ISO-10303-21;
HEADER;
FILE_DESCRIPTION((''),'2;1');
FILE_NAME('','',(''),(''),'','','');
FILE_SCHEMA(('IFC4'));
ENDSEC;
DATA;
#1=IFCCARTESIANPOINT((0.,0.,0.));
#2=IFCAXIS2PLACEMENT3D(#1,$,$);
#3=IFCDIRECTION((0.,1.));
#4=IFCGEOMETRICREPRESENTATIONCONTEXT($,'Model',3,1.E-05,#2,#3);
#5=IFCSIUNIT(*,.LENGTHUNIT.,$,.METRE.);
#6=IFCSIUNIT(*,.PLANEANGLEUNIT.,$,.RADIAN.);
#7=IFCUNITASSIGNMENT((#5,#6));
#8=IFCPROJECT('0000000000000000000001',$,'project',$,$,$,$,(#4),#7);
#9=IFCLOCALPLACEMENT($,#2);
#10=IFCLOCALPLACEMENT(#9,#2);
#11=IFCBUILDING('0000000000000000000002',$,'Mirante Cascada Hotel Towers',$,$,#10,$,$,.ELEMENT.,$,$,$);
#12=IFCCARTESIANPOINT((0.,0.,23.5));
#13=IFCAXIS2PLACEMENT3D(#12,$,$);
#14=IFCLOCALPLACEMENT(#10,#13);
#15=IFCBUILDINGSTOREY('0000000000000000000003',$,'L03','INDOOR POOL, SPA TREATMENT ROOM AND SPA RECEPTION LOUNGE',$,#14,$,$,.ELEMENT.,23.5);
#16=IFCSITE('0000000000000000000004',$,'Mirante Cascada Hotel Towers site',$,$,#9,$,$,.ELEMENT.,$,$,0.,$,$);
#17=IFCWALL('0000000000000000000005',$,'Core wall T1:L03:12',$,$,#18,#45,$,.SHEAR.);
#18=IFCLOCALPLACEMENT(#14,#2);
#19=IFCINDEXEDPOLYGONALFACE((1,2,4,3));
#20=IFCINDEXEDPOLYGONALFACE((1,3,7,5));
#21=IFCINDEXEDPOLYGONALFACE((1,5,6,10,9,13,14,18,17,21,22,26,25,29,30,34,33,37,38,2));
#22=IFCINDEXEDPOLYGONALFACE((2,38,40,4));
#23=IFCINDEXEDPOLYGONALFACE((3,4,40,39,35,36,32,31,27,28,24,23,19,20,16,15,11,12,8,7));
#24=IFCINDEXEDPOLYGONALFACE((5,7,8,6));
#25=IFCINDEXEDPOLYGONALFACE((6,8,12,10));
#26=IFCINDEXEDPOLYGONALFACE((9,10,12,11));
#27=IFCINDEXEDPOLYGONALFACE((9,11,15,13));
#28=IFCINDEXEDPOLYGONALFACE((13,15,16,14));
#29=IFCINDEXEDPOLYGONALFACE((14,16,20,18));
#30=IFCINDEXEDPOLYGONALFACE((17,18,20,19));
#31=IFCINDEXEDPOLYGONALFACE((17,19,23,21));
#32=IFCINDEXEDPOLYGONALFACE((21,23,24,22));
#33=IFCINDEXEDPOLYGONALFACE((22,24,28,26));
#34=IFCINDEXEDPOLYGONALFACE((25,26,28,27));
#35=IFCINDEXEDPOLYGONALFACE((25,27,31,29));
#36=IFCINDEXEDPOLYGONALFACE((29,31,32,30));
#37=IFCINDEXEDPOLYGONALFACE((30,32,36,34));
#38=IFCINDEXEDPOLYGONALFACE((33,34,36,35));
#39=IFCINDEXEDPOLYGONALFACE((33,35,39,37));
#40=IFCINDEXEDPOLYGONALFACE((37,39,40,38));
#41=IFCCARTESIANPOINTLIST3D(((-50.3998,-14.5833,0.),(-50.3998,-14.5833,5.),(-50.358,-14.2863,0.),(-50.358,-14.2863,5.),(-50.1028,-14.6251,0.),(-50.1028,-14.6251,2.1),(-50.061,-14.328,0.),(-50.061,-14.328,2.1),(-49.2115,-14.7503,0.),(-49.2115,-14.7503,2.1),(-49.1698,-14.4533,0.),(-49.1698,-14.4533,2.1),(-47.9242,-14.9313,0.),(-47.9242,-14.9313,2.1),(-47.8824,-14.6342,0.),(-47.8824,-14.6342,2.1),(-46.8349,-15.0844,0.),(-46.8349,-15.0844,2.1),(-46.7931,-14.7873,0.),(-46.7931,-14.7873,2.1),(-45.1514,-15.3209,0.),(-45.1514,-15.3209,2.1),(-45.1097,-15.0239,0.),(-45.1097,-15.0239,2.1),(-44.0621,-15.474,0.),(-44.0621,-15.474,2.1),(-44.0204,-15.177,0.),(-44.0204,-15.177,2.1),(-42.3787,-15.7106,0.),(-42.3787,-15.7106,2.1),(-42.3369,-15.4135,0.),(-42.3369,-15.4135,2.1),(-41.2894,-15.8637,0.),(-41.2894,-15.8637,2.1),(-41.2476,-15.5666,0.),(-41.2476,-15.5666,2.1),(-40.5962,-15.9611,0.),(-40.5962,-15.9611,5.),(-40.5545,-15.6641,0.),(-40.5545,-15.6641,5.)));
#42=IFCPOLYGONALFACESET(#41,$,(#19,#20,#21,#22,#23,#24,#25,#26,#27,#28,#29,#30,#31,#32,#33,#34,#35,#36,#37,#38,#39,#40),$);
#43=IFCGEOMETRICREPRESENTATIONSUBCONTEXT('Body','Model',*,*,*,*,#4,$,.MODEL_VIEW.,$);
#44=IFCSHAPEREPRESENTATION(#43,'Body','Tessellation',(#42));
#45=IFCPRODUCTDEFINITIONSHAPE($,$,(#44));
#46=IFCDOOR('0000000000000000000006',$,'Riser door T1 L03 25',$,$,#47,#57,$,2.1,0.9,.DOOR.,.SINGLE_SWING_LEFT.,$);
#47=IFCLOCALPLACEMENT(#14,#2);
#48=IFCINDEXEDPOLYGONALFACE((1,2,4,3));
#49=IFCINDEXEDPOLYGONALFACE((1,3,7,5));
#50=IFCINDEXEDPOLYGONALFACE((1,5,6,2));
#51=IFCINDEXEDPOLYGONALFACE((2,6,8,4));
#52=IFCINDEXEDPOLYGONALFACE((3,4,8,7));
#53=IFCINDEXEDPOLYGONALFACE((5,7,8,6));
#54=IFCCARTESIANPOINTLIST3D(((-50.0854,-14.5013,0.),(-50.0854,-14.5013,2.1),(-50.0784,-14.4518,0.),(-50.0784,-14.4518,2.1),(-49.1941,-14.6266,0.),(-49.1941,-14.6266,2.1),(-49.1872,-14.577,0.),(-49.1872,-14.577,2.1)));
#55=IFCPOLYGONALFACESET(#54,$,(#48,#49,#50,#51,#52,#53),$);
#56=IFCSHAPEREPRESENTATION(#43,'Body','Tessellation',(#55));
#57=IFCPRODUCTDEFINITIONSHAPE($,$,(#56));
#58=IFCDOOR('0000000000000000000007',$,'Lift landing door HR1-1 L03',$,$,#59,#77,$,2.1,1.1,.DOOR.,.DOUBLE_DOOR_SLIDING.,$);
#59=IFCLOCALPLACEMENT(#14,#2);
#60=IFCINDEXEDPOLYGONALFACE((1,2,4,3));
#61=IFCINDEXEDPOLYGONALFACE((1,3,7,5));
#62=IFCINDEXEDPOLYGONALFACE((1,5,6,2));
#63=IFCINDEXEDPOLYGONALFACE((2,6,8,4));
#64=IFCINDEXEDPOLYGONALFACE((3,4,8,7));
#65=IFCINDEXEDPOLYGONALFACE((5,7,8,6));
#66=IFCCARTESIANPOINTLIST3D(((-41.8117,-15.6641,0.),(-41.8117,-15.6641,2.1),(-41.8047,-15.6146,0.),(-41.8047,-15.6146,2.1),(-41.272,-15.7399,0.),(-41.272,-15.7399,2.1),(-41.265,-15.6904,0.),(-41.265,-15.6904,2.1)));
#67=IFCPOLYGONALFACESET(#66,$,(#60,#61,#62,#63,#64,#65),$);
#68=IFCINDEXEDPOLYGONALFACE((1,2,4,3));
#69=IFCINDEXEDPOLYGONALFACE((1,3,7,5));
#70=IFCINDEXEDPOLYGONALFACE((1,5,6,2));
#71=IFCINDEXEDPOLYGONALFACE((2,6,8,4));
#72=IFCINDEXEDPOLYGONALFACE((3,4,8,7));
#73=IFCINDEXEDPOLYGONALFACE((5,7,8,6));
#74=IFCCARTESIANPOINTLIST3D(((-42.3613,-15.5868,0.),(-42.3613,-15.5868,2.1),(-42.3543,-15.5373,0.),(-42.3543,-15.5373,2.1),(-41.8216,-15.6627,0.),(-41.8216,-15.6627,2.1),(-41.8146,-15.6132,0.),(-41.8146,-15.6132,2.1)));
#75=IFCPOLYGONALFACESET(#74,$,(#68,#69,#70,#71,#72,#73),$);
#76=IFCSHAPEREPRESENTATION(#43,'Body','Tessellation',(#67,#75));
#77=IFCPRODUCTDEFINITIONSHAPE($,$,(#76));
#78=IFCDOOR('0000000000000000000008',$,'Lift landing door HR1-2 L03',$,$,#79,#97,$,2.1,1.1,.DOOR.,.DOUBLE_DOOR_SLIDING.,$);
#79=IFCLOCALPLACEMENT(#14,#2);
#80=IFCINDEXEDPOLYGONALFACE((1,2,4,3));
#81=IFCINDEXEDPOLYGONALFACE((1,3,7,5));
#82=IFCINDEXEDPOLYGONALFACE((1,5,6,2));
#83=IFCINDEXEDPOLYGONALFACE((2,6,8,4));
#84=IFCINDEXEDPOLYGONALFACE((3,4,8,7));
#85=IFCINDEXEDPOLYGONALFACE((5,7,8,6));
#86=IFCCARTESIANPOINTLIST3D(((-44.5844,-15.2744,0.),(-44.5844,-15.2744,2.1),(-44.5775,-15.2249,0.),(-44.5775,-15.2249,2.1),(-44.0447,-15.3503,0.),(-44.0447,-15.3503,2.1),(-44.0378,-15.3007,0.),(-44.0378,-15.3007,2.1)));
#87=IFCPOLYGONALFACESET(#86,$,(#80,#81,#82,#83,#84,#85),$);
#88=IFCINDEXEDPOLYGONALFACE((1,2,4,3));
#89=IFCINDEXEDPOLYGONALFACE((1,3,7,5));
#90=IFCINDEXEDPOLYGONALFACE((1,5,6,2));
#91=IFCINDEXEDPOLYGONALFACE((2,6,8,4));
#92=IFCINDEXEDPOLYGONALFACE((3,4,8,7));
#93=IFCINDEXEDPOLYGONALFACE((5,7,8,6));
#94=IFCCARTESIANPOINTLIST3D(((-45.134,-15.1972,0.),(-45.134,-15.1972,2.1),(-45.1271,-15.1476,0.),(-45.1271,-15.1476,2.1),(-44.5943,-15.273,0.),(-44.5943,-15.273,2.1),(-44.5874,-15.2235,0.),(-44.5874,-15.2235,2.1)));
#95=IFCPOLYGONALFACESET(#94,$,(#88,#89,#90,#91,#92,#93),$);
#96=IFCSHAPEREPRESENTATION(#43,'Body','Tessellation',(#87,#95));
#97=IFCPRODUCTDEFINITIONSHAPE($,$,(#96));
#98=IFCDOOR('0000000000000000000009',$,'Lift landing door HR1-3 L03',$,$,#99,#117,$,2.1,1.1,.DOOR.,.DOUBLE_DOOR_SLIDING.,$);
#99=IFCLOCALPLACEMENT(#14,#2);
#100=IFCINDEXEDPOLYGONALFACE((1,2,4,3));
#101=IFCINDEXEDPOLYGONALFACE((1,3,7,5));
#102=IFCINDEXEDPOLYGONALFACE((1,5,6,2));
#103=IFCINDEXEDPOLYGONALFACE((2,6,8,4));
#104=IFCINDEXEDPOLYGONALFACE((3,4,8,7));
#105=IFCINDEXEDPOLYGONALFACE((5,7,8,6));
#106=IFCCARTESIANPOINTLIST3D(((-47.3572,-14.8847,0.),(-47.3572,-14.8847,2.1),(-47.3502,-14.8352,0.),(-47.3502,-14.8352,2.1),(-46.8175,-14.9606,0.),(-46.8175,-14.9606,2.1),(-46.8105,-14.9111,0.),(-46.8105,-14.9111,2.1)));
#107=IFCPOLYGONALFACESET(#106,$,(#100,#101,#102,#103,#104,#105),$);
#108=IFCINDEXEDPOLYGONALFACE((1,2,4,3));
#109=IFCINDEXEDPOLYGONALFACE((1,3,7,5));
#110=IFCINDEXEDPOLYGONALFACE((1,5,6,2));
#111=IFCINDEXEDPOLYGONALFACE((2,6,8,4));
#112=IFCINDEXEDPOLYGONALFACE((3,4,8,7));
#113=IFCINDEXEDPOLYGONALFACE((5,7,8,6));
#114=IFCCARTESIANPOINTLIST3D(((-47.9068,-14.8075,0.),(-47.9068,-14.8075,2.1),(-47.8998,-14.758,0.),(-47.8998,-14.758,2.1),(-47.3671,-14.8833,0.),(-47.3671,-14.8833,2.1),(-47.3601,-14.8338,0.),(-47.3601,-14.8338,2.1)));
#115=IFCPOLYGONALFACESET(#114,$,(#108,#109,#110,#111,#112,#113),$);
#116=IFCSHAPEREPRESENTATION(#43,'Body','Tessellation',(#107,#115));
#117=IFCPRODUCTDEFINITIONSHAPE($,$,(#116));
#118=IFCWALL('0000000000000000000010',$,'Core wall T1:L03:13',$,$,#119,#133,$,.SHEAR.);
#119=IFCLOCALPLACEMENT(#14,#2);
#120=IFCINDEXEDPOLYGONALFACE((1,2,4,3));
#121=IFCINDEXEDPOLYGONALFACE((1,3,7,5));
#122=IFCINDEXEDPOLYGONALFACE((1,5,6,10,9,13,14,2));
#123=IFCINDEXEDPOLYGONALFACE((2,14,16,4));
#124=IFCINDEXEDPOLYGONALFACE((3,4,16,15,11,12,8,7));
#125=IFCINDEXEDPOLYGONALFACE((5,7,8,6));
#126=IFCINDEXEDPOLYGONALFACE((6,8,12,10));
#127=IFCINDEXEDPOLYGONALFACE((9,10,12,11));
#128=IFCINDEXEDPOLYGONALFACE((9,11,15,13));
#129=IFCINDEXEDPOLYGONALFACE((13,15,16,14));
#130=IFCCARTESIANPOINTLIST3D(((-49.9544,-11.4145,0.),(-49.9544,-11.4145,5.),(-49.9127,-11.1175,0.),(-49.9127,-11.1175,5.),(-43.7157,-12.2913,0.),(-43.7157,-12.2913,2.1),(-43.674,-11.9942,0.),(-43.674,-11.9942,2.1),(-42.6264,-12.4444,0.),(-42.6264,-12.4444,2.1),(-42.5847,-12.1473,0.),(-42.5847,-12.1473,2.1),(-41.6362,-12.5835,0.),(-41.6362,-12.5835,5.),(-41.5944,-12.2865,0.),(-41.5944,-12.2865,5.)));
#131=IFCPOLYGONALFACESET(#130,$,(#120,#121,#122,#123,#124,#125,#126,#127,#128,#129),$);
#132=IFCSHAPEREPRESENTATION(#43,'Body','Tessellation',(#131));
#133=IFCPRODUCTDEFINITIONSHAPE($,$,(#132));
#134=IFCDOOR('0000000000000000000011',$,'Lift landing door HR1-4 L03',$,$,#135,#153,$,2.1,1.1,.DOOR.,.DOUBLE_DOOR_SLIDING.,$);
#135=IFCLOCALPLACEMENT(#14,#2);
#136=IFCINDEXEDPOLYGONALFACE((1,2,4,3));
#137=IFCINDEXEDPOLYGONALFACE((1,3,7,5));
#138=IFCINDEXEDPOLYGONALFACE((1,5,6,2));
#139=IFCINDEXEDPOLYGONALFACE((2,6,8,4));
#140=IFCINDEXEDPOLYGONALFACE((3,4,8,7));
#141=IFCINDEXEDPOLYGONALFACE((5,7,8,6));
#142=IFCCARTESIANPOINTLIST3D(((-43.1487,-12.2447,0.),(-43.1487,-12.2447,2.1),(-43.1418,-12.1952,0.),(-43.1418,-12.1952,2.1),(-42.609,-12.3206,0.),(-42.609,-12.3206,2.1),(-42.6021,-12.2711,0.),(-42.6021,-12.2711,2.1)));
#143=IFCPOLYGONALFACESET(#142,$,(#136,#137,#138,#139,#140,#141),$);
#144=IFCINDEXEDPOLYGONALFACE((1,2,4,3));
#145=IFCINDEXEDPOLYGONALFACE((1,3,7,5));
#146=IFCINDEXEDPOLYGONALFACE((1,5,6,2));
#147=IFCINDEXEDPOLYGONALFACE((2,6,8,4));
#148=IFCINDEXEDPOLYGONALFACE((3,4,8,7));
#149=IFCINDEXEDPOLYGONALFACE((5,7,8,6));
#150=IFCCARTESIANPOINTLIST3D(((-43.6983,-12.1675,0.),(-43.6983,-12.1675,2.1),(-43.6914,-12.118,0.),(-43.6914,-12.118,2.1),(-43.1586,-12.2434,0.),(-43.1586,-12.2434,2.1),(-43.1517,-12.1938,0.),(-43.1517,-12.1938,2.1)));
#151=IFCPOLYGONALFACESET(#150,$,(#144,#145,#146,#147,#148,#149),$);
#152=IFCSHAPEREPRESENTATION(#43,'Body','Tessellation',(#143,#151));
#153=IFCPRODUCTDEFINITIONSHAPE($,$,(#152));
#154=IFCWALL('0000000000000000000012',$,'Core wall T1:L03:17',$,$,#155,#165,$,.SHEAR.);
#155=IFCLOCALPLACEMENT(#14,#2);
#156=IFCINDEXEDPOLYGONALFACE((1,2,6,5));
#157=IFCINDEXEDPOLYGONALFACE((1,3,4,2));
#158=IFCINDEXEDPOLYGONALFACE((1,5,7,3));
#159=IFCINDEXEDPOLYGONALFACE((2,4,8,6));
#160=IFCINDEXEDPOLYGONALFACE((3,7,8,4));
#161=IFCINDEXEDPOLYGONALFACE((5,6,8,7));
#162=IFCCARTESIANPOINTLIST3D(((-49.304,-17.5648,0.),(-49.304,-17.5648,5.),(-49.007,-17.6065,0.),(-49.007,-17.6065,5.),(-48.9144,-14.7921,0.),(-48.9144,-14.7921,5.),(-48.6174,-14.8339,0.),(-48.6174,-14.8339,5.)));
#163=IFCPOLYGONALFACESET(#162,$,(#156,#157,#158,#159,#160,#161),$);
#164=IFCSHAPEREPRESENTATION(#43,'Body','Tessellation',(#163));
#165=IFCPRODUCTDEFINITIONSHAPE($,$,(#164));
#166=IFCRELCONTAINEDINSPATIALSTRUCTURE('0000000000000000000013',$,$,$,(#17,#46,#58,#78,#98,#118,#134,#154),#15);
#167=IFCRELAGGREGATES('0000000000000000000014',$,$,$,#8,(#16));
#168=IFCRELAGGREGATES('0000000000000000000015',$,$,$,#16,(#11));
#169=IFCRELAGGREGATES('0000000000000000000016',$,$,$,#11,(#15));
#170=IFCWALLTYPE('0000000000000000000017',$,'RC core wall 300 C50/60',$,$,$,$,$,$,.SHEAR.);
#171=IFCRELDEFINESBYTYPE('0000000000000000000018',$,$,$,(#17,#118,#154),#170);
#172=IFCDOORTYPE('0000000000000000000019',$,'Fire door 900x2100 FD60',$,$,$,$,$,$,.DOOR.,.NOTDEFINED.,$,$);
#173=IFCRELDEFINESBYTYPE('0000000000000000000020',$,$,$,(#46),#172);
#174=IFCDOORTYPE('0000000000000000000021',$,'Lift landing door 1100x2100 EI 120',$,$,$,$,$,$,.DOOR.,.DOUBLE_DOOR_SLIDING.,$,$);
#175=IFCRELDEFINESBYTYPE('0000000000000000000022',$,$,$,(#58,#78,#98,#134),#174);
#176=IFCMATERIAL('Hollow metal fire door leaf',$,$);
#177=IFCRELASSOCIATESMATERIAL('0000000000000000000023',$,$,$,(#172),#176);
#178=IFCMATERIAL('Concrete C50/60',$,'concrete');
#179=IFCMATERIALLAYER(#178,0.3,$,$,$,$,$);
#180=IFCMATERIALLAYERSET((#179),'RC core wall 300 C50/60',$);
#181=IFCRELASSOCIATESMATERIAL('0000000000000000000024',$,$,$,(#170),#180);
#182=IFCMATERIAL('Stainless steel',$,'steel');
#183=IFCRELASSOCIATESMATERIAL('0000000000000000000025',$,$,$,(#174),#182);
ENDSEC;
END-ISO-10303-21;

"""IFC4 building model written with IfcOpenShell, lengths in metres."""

from ifc_helpers import new_model, si_unit, direction, frame, frame_2d, origin, place, context, subcontext, project, spatial, rectangle, extrude, material, layer, layer_set, type_object, element, fill, save


model = new_model("IFC4")

# Units and contexts
model_context = context("Model", 3, precision=1e-05, world=origin(), true_north=direction((0.0, 1.0)))
body_context = subcontext(model_context, "Body", "Model", "MODEL_VIEW")
ifc_project = project(units=[si_unit("LENGTHUNIT", "METRE"), si_unit("PLANEANGLEUNIT", "RADIAN")], contexts=[model_context])

# Site, building, storey
site_placement = place(None, origin())
site = spatial("IfcSite", under=ifc_project, at=site_placement, Name="Mirante Cascada Hotel Towers site", CompositionType="ELEMENT", RefElevation=0.0)
building_placement = place(site_placement, origin())
building = spatial("IfcBuilding", under=site, at=building_placement, Name="Mirante Cascada Hotel Towers", CompositionType="ELEMENT")
storey_placement = place(building_placement, frame((0.0, 0.0, 23.5)))
storey = spatial("IfcBuildingStorey", under=building, at=storey_placement, Name="L03", Description="INDOOR POOL, SPA TREATMENT ROOM AND SPA RECEPTION LOUNGE", CompositionType="ELEMENT", Elevation=23.5)

# Shared definitions
ifc_material_1 = material(Name="Hollow metal fire door leaf")
door_type_1 = type_object("IfcDoorType", Name="Fire door 900x2100 FD60", OperationType="NOTDEFINED", PredefinedType="DOOR", material=ifc_material_1)

# Wall, openings, doors
ifc_material_2 = material(Name="Concrete C50/60", Category="concrete")
ifc_layer_1 = layer(ifc_material_2, 0.3)
ifc_layer_set_1 = layer_set([ifc_layer_1], Name="RC core wall 300 C50/60")
wall_type_1 = type_object("IfcWallType", Name="RC core wall 300 C50/60", PredefinedType="SHEAR", material=ifc_layer_set_1)
wall_1_placement = place(storey_placement, frame((-40.5753, -15.8126, 0.0), z_axis=(0.0, 0.0, 1.0), x_axis=(-0.990268, 0.139173, 0.0)))
wall_1 = element("IfcWall", 1, at=wall_1_placement, inside=storey, type_object=wall_type_1, Name="Core wall T1:L03:12", PredefinedType="SHEAR", context=body_context, shape_type="SweptSolid", body=[
    extrude(rectangle(XDim=9.8999, YDim=0.3, at=frame_2d((4.95, 0.0))), origin(), (0.0, 0.0, 1.0), 5.0),
])
opening_1_placement = place(wall_1_placement, frame((0.7, 0.0, 0.0)))
opening_1 = element("IfcOpeningElement", 2, at=opening_1_placement, cuts=wall_1, PredefinedType="OPENING", context=body_context, shape_type="SweptSolid", body=[
    extrude(rectangle(XDim=1.1, YDim=2.1, at=frame_2d((0.55, 1.05))), frame((0.0, 0.15, 0.0), z_axis=(0.0, -1.0, 0.0), x_axis=(1.0, 0.0, 0.0)), (0.0, 0.0, 1.0), 0.3),
])
opening_2_placement = place(wall_1_placement, frame((3.5, 0.0, 0.0)))
opening_2 = element("IfcOpeningElement", 3, at=opening_2_placement, cuts=wall_1, PredefinedType="OPENING", context=body_context, shape_type="SweptSolid", body=[
    extrude(rectangle(XDim=1.1, YDim=2.1, at=frame_2d((0.55, 1.05))), frame((0.0, 0.15, 0.0), z_axis=(0.0, -1.0, 0.0), x_axis=(1.0, 0.0, 0.0)), (0.0, 0.0, 1.0), 0.3),
])
opening_3_placement = place(wall_1_placement, frame((6.3, 0.0, 0.0)))
opening_3 = element("IfcOpeningElement", 4, at=opening_3_placement, cuts=wall_1, PredefinedType="OPENING", context=body_context, shape_type="SweptSolid", body=[
    extrude(rectangle(XDim=1.1, YDim=2.1, at=frame_2d((0.55, 1.05))), frame((0.0, 0.15, 0.0), z_axis=(0.0, -1.0, 0.0), x_axis=(1.0, 0.0, 0.0)), (0.0, 0.0, 1.0), 0.3),
])
opening_4_placement = place(wall_1_placement, frame((8.7, 0.0, 0.0)))
opening_4 = element("IfcOpeningElement", 5, at=opening_4_placement, cuts=wall_1, PredefinedType="OPENING", context=body_context, shape_type="SweptSolid", body=[
    extrude(rectangle(XDim=0.9, YDim=2.1, at=frame_2d((0.45, 1.05))), frame((0.0, 0.15, 0.0), z_axis=(0.0, -1.0, 0.0), x_axis=(1.0, 0.0, 0.0)), (0.0, 0.0, 1.0), 0.3),
])
door_1_placement = place(opening_4_placement, origin())
door_1 = element("IfcDoor", 6, at=door_1_placement, inside=storey, type_object=door_type_1, Name="Riser door T1 L03 25", OperationType="SINGLE_SWING_LEFT", OverallHeight=2.1, OverallWidth=0.9, PredefinedType="DOOR", context=body_context, shape_type="SweptSolid", body=[
    extrude(rectangle(XDim=0.9, YDim=2.1, at=frame_2d((0.45, 1.05))), frame((0.0, 0.025, 0.0), z_axis=(0.0, -1.0, 0.0), x_axis=(1.0, 0.0, 0.0)), (0.0, 0.0, 1.0), 0.05),
])
fill(opening_4, door_1)
ifc_material_3 = material(Name="Stainless steel", Category="steel")
door_type_2 = type_object("IfcDoorType", Name="Lift landing door 1100x2100 EI 120", OperationType="DOUBLE_DOOR_SLIDING", PredefinedType="DOOR", material=ifc_material_3)
door_2_placement = place(opening_1_placement, origin())
door_2 = element("IfcDoor", 7, at=door_2_placement, inside=storey, type_object=door_type_2, Name="Lift landing door HR1-1 L03", OperationType="DOUBLE_DOOR_SLIDING", OverallHeight=2.1, OverallWidth=1.1, PredefinedType="DOOR", context=body_context, shape_type="SweptSolid", body=[
    extrude(rectangle(XDim=0.545, YDim=2.1, at=frame_2d((0.2725, 1.05))), frame((0.0, 0.025, 0.0), z_axis=(0.0, -1.0, 0.0), x_axis=(1.0, 0.0, 0.0)), (0.0, 0.0, 1.0), 0.05),
    extrude(rectangle(XDim=0.545, YDim=2.1, at=frame_2d((0.8275, 1.05))), frame((0.0, 0.025, 0.0), z_axis=(0.0, -1.0, 0.0), x_axis=(1.0, 0.0, 0.0)), (0.0, 0.0, 1.0), 0.05),
])
fill(opening_1, door_2)
door_3_placement = place(opening_2_placement, origin())
door_3 = element("IfcDoor", 8, at=door_3_placement, inside=storey, type_object=door_type_2, Name="Lift landing door HR1-2 L03", OperationType="DOUBLE_DOOR_SLIDING", OverallHeight=2.1, OverallWidth=1.1, PredefinedType="DOOR", context=body_context, shape_type="SweptSolid", body=[
    extrude(rectangle(XDim=0.545, YDim=2.1, at=frame_2d((0.2725, 1.05))), frame((0.0, 0.025, 0.0), z_axis=(0.0, -1.0, 0.0), x_axis=(1.0, 0.0, 0.0)), (0.0, 0.0, 1.0), 0.05),
    extrude(rectangle(XDim=0.545, YDim=2.1, at=frame_2d((0.8275, 1.05))), frame((0.0, 0.025, 0.0), z_axis=(0.0, -1.0, 0.0), x_axis=(1.0, 0.0, 0.0)), (0.0, 0.0, 1.0), 0.05),
])
fill(opening_2, door_3)
door_4_placement = place(opening_3_placement, origin())
door_4 = element("IfcDoor", 9, at=door_4_placement, inside=storey, type_object=door_type_2, Name="Lift landing door HR1-3 L03", OperationType="DOUBLE_DOOR_SLIDING", OverallHeight=2.1, OverallWidth=1.1, PredefinedType="DOOR", context=body_context, shape_type="SweptSolid", body=[
    extrude(rectangle(XDim=0.545, YDim=2.1, at=frame_2d((0.2725, 1.05))), frame((0.0, 0.025, 0.0), z_axis=(0.0, -1.0, 0.0), x_axis=(1.0, 0.0, 0.0)), (0.0, 0.0, 1.0), 0.05),
    extrude(rectangle(XDim=0.545, YDim=2.1, at=frame_2d((0.8275, 1.05))), frame((0.0, 0.025, 0.0), z_axis=(0.0, -1.0, 0.0), x_axis=(1.0, 0.0, 0.0)), (0.0, 0.0, 1.0), 0.05),
])
fill(opening_3, door_4)

# Wall, opening, door
wall_2_placement = place(storey_placement, frame((-41.6153, -12.435, 0.0), z_axis=(0.0, 0.0, 1.0), x_axis=(-0.990269, 0.139166, 0.0)))
wall_2 = element("IfcWall", 10, at=wall_2_placement, inside=storey, type_object=wall_type_1, Name="Core wall T1:L03:13", PredefinedType="SHEAR", context=body_context, shape_type="SweptSolid", body=[
    extrude(rectangle(XDim=8.4, YDim=0.3, at=frame_2d((4.2, 0.0))), origin(), (0.0, 0.0, 1.0), 5.0),
])
opening_5_placement = place(wall_2_placement, frame((1.0, 0.0, 0.0)))
opening_5 = element("IfcOpeningElement", 11, at=opening_5_placement, cuts=wall_2, PredefinedType="OPENING", context=body_context, shape_type="SweptSolid", body=[
    extrude(rectangle(XDim=1.1, YDim=2.1, at=frame_2d((0.55, 1.05))), frame((0.0, 0.15, 0.0), z_axis=(0.0, -1.0, 0.0), x_axis=(1.0, 0.0, 0.0)), (0.0, 0.0, 1.0), 0.3),
])
door_5_placement = place(opening_5_placement, origin())
door_5 = element("IfcDoor", 12, at=door_5_placement, inside=storey, type_object=door_type_2, Name="Lift landing door HR1-4 L03", OperationType="DOUBLE_DOOR_SLIDING", OverallHeight=2.1, OverallWidth=1.1, PredefinedType="DOOR", context=body_context, shape_type="SweptSolid", body=[
    extrude(rectangle(XDim=0.545, YDim=2.1, at=frame_2d((0.2725, 1.05))), frame((0.0, 0.025, 0.0), z_axis=(0.0, -1.0, 0.0), x_axis=(1.0, 0.0, 0.0)), (0.0, 0.0, 1.0), 0.05),
    extrude(rectangle(XDim=0.545, YDim=2.1, at=frame_2d((0.8275, 1.05))), frame((0.0, 0.025, 0.0), z_axis=(0.0, -1.0, 0.0), x_axis=(1.0, 0.0, 0.0)), (0.0, 0.0, 1.0), 0.05),
])
fill(opening_5, door_5)

# Wall
wall_3_placement = place(storey_placement, frame((-49.1555, -17.5857, 0.0), z_axis=(0.0, 0.0, 1.0), x_axis=(0.139146, 0.990272, 0.0)))
element("IfcWall", 13, at=wall_3_placement, inside=storey, type_object=wall_type_1, Name="Core wall T1:L03:17", PredefinedType="SHEAR", context=body_context, shape_type="SweptSolid", body=[
    extrude(rectangle(XDim=2.7999, YDim=0.3, at=frame_2d((1.4, 0.0))), origin(), (0.0, 0.0, 1.0), 5.0),
])

save(model, "model.ifc")
